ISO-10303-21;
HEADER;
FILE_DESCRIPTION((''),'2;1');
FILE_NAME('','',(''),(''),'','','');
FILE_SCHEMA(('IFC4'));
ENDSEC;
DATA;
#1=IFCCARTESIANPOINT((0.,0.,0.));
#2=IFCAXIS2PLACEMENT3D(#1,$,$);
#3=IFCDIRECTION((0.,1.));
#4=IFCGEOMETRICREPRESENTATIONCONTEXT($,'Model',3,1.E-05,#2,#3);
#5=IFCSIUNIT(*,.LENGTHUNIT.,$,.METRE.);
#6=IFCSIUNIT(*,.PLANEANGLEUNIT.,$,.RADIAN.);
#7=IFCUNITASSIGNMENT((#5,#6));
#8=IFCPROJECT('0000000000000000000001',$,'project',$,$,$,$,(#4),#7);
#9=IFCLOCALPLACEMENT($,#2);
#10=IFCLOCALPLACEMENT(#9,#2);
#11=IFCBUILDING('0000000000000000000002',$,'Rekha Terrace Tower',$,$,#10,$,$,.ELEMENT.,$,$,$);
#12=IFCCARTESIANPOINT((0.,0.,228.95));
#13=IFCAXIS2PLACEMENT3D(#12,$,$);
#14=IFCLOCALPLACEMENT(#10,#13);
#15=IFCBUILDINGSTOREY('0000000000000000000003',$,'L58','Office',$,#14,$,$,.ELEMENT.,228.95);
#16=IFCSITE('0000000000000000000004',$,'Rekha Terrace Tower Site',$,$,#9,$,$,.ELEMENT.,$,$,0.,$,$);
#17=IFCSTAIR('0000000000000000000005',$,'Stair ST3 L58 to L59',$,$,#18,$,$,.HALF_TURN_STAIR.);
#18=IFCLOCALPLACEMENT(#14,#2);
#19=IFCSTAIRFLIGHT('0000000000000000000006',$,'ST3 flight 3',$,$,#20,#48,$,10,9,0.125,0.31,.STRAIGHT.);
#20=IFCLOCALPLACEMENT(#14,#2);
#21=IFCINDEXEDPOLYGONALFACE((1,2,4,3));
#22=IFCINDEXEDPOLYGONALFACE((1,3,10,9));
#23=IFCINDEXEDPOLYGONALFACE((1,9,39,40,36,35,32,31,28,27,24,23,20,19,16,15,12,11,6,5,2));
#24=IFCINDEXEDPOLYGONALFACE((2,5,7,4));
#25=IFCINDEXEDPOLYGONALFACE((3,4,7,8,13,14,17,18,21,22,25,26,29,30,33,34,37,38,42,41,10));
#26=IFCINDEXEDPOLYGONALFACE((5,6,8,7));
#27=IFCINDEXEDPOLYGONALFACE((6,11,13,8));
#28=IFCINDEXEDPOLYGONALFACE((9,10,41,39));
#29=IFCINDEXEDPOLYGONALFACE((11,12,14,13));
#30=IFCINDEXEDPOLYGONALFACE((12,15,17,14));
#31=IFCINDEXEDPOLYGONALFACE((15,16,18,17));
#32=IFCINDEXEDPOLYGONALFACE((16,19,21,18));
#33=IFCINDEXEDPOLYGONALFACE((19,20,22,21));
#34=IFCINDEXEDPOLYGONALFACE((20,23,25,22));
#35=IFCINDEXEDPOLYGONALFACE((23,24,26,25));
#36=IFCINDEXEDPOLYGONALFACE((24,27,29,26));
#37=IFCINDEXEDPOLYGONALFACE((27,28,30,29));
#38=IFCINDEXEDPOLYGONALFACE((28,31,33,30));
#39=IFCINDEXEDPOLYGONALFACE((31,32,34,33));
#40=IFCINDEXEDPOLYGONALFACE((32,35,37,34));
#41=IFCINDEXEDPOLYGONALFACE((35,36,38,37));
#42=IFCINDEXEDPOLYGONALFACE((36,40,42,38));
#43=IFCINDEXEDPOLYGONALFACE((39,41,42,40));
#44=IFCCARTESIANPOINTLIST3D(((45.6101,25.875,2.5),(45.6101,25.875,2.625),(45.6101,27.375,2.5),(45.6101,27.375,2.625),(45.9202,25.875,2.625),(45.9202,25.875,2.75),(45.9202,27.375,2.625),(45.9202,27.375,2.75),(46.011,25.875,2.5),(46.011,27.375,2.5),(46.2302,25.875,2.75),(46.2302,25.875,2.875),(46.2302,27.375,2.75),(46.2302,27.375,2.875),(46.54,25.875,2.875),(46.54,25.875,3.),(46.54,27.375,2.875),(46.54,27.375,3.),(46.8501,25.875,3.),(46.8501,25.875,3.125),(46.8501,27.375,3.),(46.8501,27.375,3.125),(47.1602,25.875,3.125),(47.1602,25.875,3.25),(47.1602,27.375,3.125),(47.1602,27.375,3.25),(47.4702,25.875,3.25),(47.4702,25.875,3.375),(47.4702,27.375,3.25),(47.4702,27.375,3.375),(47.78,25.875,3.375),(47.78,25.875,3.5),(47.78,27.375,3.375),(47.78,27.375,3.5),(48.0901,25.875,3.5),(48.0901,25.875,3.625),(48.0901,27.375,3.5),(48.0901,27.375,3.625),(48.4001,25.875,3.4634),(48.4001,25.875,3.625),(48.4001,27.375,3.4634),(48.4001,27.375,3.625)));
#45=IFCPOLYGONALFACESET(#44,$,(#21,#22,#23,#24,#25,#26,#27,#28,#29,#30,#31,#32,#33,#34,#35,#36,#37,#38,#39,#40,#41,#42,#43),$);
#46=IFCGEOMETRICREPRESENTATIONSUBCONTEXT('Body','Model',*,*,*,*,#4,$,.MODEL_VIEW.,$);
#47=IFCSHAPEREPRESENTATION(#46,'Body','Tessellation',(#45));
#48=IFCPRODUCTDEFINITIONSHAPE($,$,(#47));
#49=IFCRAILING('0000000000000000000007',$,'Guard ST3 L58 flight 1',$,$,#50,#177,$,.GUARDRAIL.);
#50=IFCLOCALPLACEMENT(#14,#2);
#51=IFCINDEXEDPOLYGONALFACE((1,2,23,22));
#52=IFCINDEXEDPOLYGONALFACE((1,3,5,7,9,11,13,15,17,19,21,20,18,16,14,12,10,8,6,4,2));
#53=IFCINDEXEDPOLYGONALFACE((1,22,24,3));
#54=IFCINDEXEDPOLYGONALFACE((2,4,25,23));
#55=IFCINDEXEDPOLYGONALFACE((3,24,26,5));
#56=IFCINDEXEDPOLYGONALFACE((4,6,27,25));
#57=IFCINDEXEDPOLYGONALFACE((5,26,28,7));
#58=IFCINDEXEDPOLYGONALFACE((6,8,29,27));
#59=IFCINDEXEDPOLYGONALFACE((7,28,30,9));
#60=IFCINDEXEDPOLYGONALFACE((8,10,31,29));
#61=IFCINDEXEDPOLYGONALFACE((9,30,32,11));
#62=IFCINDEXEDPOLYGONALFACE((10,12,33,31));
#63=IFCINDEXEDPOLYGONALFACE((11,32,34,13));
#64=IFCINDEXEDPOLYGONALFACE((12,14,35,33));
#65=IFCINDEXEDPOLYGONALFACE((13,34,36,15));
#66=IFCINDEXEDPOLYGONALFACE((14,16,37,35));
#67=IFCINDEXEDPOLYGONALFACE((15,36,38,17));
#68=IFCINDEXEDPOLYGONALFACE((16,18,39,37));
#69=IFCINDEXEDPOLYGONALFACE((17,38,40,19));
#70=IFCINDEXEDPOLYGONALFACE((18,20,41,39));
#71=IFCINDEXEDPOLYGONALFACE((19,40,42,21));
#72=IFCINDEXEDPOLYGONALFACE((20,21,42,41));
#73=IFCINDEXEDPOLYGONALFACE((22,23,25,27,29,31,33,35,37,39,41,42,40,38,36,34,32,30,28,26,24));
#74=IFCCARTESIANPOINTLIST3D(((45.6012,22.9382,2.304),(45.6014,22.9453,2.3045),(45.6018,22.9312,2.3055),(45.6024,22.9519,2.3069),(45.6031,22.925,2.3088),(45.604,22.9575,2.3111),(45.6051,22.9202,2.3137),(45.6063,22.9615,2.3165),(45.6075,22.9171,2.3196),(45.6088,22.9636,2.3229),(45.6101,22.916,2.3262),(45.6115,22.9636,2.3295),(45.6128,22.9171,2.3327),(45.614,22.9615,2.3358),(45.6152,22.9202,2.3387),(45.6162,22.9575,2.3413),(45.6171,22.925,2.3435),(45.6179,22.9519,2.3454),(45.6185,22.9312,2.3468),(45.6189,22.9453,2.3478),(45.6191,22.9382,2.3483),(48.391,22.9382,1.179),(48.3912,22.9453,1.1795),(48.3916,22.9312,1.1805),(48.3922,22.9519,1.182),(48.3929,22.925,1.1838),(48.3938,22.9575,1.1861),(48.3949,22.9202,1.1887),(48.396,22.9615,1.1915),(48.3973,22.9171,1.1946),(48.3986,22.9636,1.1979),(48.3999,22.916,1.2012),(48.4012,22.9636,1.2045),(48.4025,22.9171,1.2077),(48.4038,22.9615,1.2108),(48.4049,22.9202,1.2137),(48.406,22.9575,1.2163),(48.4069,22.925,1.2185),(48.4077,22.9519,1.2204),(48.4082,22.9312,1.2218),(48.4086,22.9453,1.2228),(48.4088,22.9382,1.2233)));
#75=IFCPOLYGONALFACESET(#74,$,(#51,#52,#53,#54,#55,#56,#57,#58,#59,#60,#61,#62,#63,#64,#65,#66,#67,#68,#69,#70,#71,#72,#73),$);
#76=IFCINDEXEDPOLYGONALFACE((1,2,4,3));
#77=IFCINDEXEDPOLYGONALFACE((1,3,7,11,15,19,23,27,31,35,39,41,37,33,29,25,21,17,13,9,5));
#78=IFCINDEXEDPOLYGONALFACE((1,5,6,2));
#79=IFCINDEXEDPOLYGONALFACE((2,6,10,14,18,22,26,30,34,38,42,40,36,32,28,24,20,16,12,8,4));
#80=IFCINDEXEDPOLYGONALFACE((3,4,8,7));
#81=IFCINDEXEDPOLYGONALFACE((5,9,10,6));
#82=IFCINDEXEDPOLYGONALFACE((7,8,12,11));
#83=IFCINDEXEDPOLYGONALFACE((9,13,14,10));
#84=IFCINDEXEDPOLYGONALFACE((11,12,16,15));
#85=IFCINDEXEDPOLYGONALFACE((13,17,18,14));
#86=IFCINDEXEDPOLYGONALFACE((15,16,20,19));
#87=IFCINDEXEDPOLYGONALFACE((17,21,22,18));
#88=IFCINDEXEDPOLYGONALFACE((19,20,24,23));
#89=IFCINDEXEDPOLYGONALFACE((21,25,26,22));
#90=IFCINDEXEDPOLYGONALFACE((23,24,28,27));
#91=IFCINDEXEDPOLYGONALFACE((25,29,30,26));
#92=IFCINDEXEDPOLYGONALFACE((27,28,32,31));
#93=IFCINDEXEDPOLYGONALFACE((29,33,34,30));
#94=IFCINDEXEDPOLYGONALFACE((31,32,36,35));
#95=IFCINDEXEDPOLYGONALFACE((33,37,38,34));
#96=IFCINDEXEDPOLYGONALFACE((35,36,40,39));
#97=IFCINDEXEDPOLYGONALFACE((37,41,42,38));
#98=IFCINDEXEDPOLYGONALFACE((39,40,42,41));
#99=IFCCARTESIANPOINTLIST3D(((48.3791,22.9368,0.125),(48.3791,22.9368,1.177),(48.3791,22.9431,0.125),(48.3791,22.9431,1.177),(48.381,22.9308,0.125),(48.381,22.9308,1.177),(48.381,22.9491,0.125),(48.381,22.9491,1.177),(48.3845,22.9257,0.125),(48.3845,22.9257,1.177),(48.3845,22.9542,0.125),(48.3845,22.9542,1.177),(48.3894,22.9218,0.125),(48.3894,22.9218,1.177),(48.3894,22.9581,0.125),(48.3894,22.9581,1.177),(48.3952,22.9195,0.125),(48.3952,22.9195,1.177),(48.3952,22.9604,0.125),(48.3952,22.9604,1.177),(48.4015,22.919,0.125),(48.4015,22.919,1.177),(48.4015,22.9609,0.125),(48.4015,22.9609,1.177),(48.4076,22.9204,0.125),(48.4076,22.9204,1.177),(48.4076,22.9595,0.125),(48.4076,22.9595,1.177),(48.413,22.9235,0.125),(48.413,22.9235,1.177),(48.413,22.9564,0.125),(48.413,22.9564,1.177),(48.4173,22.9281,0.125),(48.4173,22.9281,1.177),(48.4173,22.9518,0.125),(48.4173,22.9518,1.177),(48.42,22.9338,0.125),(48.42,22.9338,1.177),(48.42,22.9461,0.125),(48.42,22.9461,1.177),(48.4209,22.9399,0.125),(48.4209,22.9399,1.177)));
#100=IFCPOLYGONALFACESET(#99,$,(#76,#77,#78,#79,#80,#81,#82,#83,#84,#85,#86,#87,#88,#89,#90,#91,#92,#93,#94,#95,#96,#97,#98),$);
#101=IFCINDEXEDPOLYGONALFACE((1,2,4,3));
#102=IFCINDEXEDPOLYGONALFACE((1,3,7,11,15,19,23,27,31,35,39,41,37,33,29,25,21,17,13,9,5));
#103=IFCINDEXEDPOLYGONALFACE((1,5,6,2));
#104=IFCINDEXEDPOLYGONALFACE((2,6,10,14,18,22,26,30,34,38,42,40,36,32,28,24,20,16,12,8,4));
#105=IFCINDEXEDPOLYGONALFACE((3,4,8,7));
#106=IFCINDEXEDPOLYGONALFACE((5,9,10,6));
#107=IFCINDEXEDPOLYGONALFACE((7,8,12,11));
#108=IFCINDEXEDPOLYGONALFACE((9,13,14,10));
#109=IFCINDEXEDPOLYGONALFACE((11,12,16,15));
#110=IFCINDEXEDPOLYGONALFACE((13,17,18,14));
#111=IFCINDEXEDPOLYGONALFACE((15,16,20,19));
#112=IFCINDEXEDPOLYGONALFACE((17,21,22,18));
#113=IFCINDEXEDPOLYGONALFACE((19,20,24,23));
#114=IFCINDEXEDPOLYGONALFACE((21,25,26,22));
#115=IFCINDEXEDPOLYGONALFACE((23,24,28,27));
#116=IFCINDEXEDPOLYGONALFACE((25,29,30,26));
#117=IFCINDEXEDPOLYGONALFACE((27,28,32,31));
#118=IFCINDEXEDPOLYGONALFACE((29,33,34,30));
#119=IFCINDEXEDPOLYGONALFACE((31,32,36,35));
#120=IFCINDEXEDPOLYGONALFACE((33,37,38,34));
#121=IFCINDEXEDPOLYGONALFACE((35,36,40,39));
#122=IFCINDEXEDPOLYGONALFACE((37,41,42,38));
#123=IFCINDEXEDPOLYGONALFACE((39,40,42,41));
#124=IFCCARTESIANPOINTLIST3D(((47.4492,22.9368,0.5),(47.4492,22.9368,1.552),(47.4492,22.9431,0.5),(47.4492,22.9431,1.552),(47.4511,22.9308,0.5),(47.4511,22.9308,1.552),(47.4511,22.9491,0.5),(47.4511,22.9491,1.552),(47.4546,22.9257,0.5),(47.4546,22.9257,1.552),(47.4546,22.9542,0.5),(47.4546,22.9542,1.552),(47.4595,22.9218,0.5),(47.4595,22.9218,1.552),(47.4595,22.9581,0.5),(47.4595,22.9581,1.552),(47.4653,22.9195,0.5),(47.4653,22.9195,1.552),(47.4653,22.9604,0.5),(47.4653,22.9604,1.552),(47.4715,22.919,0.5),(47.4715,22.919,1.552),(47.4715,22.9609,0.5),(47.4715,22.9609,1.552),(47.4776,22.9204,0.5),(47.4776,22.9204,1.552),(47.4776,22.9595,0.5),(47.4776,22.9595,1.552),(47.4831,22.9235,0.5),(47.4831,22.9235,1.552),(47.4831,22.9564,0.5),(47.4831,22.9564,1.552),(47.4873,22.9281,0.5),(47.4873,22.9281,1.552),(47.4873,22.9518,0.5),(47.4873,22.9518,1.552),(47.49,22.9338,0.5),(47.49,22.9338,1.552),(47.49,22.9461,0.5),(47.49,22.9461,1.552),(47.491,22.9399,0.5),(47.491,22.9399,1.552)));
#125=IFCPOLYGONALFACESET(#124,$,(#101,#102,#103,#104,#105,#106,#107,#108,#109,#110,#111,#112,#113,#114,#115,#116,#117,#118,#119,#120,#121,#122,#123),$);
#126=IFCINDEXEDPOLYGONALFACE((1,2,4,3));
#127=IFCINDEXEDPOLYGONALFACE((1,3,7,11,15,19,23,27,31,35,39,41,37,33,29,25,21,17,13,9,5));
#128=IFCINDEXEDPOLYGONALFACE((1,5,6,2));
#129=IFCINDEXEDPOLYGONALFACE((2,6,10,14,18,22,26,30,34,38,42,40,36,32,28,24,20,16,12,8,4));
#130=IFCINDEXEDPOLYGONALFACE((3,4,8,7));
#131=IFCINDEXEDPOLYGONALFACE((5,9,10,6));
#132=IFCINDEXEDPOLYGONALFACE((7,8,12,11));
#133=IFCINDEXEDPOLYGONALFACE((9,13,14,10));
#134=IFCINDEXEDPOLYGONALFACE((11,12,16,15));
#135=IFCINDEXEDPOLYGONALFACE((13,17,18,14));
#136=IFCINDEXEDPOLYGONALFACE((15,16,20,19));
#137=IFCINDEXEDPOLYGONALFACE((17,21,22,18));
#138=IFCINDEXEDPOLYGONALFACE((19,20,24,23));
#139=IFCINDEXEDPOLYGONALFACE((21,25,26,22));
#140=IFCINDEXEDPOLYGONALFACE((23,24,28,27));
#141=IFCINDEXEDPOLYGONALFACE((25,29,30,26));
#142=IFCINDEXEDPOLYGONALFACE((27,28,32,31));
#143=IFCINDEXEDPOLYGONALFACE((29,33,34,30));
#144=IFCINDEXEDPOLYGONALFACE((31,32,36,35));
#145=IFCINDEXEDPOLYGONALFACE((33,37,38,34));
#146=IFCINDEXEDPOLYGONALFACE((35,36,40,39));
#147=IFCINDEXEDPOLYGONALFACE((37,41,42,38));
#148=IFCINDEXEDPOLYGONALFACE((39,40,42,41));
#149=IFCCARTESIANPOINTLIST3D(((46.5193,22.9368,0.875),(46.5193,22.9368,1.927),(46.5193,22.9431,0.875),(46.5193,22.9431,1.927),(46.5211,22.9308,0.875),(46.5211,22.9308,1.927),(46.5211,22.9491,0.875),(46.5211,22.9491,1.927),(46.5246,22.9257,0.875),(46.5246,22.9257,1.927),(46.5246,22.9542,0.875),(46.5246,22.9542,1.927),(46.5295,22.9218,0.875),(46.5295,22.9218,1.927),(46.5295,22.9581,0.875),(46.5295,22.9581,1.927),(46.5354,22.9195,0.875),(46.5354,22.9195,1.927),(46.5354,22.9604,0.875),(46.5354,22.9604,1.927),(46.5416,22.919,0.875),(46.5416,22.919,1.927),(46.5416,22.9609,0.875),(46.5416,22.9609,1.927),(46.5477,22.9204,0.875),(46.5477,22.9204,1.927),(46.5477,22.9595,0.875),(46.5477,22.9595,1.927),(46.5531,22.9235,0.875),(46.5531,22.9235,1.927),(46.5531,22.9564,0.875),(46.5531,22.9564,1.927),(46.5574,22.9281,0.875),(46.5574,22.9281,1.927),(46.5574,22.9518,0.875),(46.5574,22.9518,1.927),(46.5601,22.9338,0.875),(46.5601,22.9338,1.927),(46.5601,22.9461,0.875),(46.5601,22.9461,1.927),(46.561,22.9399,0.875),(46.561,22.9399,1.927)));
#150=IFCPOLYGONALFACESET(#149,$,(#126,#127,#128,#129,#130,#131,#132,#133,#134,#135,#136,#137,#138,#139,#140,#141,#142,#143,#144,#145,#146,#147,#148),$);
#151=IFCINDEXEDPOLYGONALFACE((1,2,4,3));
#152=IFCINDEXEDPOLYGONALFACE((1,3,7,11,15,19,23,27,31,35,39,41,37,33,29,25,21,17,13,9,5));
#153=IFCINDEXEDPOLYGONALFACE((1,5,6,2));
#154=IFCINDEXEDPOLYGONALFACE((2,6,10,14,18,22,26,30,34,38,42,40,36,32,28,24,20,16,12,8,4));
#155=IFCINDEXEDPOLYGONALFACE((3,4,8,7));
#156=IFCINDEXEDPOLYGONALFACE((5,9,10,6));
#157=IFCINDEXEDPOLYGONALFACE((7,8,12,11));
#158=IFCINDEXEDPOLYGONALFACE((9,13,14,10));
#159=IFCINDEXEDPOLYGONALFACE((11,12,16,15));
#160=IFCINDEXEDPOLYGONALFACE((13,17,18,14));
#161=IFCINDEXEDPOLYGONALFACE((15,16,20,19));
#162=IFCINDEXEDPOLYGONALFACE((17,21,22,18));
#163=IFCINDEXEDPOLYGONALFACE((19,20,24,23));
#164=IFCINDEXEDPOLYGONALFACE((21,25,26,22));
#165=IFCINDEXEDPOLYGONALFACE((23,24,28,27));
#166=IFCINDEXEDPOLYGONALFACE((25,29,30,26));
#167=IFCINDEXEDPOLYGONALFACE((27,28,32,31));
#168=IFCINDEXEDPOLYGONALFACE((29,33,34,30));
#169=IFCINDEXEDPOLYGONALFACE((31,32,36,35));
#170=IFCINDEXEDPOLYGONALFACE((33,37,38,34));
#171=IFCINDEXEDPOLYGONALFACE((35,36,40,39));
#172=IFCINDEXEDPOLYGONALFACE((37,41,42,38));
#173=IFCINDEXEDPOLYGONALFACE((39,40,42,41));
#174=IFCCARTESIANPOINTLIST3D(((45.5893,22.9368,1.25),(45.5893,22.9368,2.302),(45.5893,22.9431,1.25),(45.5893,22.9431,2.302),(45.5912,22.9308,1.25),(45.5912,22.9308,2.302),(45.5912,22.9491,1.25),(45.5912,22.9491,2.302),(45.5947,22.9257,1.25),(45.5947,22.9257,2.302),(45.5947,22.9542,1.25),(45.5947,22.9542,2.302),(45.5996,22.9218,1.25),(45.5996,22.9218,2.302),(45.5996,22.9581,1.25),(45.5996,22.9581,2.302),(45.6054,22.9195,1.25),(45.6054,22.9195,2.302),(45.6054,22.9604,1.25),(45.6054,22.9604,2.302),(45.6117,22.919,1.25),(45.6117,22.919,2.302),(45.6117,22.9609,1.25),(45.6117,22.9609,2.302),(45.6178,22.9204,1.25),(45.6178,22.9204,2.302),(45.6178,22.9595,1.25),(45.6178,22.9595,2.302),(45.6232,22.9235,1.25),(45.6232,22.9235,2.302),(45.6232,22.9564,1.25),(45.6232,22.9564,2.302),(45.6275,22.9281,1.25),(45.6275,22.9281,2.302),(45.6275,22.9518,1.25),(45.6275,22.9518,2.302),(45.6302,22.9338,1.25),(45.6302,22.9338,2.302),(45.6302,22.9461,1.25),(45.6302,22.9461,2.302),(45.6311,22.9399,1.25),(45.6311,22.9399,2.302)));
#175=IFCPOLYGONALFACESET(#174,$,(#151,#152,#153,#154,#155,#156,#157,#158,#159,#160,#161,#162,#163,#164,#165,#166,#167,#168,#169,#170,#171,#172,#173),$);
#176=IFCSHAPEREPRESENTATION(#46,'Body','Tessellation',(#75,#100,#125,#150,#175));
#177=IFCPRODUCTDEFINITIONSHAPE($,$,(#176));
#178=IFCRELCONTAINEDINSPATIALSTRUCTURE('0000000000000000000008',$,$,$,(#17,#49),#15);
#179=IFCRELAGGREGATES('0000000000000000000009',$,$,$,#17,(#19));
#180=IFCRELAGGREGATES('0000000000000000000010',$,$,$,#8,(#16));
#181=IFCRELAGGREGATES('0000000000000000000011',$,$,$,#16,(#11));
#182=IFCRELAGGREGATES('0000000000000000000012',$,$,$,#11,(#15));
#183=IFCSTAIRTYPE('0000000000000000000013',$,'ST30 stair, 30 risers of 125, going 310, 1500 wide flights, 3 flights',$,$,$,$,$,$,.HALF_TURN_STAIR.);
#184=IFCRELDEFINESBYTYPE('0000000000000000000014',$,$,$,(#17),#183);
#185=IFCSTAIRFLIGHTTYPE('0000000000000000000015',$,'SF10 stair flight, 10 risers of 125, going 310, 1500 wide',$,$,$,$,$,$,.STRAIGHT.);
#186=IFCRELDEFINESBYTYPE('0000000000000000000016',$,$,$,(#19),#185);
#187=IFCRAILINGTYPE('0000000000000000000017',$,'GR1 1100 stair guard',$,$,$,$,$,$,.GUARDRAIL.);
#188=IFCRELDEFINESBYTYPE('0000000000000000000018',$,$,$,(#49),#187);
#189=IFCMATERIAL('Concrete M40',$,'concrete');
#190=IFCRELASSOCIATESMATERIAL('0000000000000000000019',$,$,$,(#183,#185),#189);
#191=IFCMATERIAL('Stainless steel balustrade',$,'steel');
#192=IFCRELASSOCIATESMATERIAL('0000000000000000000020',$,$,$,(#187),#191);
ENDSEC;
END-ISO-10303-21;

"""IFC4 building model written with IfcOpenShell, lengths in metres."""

from ifc_helpers import new_model, si_unit, direction, frame, origin, origin_2d, place, context, subcontext, project, spatial, polyline, circle, outline, extrude, material, type_object, element, aggregate, save


model = new_model("IFC4")

# Units and contexts
model_context = context("Model", 3, precision=1e-05, world=origin(), true_north=direction((0.0, 1.0)))
body_context = subcontext(model_context, "Body", "Model", "MODEL_VIEW")
ifc_project = project(units=[si_unit("LENGTHUNIT", "METRE"), si_unit("PLANEANGLEUNIT", "RADIAN")], contexts=[model_context])

# Site, building, storey
site_placement = place(None, origin())
site = spatial("IfcSite", under=ifc_project, at=site_placement, Name="Rekha Terrace Tower Site", CompositionType="ELEMENT", RefElevation=0.0)
building_placement = place(site_placement, origin())
building = spatial("IfcBuilding", under=site, at=building_placement, Name="Rekha Terrace Tower", CompositionType="ELEMENT")
storey_placement = place(building_placement, frame((0.0, 0.0, 228.95)))
storey = spatial("IfcBuildingStorey", under=building, at=storey_placement, Name="L58", Description="Office", CompositionType="ELEMENT", Elevation=228.95)

# Stair, stair flight
ifc_material_1 = material(Name="Concrete M40", Category="concrete")
stair_type = type_object("IfcStairType", Name="ST30 stair, 30 risers of 125, going 310, 1500 wide flights, 3 flights", PredefinedType="HALF_TURN_STAIR", material=ifc_material_1)
stair_placement = place(storey_placement, origin())
stair = element("IfcStair", 1, at=stair_placement, inside=storey, type_object=stair_type, Name="Stair ST3 L58 to L59", PredefinedType="HALF_TURN_STAIR")
stair_flight_type = type_object("IfcStairFlightType", Name="SF10 stair flight, 10 risers of 125, going 310, 1500 wide", PredefinedType="STRAIGHT", material=ifc_material_1)
stair_flight_1_placement = place(storey_placement, frame((45.6101, 26.625, 2.5), z_axis=(0.0, 0.0, 1.0), x_axis=(1.0, 0.0, 0.0)))
stair_flight_1 = element("IfcStairFlight", 2, at=stair_flight_1_placement, type_object=stair_flight_type, Name="ST3 flight 3", NumberOfRisers=10, NumberOfTreads=9, PredefinedType="STRAIGHT", RiserHeight=0.125, TreadLength=0.31, context=body_context, shape_type="SweptSolid", body=[
    extrude(outline(polyline([(0.0, 0.0), (0.0, 0.125), (0.3101, 0.125), (0.3101, 0.25), (0.6201, 0.25), (0.6201, 0.375), (0.9299, 0.375), (0.9299, 0.5), (1.24, 0.5), (1.24, 0.625), (1.55, 0.625), (1.55, 0.75), (1.8601, 0.75), (1.8601, 0.875), (2.1699, 0.875), (2.1699, 1.0), (2.48, 1.0), (2.48, 1.125), (2.79, 1.125), (2.79, 1.25), (2.79, 0.9634), (0.4009, 0.0), (0.0, 0.0)])), frame((0.0, 0.75, 0.0), z_axis=(0.0, -1.0, 0.0), x_axis=(1.0, 0.0, 0.0)), (0.0, 0.0, 1.0), 1.5),
])
aggregate(stair, [stair_flight_1])

# Railing
ifc_material_2 = material(Name="Stainless steel balustrade", Category="steel")
railing_type_1 = type_object("IfcRailingType", Name="GR1 1100 stair guard", PredefinedType="GUARDRAIL", material=ifc_material_2)
railing_1_placement = place(storey_placement, frame((48.3999, 22.9399, 0.125)))
element("IfcRailing", 3, at=railing_1_placement, inside=storey, type_object=railing_type_1, Name="Guard ST3 L58 flight 1", PredefinedType="GUARDRAIL", context=body_context, shape_type="SweptSolid", body=[
    extrude(circle(Radius=0.0239, at=origin_2d()), frame((0.0, 0.0, 1.0762), z_axis=(-0.927432, 0.0, 0.373992), x_axis=(0.0, -1.0, 0.0)), (0.0, 0.0, 1.0), 3.0081),
    extrude(circle(Radius=0.021, at=origin_2d()), origin(), (0.0, 0.0, 1.0), 1.052),
    extrude(circle(Radius=0.021, at=origin_2d()), frame((-0.9299, 0.0, 0.375)), (0.0, 0.0, 1.0), 1.052),
    extrude(circle(Radius=0.021, at=origin_2d()), frame((-1.8599, 0.0, 0.75)), (0.0, 0.0, 1.0), 1.052),
    extrude(circle(Radius=0.021, at=origin_2d()), frame((-2.7898, 0.0, 1.125)), (0.0, 0.0, 1.0), 1.052),
])

save(model, "model.ifc")
